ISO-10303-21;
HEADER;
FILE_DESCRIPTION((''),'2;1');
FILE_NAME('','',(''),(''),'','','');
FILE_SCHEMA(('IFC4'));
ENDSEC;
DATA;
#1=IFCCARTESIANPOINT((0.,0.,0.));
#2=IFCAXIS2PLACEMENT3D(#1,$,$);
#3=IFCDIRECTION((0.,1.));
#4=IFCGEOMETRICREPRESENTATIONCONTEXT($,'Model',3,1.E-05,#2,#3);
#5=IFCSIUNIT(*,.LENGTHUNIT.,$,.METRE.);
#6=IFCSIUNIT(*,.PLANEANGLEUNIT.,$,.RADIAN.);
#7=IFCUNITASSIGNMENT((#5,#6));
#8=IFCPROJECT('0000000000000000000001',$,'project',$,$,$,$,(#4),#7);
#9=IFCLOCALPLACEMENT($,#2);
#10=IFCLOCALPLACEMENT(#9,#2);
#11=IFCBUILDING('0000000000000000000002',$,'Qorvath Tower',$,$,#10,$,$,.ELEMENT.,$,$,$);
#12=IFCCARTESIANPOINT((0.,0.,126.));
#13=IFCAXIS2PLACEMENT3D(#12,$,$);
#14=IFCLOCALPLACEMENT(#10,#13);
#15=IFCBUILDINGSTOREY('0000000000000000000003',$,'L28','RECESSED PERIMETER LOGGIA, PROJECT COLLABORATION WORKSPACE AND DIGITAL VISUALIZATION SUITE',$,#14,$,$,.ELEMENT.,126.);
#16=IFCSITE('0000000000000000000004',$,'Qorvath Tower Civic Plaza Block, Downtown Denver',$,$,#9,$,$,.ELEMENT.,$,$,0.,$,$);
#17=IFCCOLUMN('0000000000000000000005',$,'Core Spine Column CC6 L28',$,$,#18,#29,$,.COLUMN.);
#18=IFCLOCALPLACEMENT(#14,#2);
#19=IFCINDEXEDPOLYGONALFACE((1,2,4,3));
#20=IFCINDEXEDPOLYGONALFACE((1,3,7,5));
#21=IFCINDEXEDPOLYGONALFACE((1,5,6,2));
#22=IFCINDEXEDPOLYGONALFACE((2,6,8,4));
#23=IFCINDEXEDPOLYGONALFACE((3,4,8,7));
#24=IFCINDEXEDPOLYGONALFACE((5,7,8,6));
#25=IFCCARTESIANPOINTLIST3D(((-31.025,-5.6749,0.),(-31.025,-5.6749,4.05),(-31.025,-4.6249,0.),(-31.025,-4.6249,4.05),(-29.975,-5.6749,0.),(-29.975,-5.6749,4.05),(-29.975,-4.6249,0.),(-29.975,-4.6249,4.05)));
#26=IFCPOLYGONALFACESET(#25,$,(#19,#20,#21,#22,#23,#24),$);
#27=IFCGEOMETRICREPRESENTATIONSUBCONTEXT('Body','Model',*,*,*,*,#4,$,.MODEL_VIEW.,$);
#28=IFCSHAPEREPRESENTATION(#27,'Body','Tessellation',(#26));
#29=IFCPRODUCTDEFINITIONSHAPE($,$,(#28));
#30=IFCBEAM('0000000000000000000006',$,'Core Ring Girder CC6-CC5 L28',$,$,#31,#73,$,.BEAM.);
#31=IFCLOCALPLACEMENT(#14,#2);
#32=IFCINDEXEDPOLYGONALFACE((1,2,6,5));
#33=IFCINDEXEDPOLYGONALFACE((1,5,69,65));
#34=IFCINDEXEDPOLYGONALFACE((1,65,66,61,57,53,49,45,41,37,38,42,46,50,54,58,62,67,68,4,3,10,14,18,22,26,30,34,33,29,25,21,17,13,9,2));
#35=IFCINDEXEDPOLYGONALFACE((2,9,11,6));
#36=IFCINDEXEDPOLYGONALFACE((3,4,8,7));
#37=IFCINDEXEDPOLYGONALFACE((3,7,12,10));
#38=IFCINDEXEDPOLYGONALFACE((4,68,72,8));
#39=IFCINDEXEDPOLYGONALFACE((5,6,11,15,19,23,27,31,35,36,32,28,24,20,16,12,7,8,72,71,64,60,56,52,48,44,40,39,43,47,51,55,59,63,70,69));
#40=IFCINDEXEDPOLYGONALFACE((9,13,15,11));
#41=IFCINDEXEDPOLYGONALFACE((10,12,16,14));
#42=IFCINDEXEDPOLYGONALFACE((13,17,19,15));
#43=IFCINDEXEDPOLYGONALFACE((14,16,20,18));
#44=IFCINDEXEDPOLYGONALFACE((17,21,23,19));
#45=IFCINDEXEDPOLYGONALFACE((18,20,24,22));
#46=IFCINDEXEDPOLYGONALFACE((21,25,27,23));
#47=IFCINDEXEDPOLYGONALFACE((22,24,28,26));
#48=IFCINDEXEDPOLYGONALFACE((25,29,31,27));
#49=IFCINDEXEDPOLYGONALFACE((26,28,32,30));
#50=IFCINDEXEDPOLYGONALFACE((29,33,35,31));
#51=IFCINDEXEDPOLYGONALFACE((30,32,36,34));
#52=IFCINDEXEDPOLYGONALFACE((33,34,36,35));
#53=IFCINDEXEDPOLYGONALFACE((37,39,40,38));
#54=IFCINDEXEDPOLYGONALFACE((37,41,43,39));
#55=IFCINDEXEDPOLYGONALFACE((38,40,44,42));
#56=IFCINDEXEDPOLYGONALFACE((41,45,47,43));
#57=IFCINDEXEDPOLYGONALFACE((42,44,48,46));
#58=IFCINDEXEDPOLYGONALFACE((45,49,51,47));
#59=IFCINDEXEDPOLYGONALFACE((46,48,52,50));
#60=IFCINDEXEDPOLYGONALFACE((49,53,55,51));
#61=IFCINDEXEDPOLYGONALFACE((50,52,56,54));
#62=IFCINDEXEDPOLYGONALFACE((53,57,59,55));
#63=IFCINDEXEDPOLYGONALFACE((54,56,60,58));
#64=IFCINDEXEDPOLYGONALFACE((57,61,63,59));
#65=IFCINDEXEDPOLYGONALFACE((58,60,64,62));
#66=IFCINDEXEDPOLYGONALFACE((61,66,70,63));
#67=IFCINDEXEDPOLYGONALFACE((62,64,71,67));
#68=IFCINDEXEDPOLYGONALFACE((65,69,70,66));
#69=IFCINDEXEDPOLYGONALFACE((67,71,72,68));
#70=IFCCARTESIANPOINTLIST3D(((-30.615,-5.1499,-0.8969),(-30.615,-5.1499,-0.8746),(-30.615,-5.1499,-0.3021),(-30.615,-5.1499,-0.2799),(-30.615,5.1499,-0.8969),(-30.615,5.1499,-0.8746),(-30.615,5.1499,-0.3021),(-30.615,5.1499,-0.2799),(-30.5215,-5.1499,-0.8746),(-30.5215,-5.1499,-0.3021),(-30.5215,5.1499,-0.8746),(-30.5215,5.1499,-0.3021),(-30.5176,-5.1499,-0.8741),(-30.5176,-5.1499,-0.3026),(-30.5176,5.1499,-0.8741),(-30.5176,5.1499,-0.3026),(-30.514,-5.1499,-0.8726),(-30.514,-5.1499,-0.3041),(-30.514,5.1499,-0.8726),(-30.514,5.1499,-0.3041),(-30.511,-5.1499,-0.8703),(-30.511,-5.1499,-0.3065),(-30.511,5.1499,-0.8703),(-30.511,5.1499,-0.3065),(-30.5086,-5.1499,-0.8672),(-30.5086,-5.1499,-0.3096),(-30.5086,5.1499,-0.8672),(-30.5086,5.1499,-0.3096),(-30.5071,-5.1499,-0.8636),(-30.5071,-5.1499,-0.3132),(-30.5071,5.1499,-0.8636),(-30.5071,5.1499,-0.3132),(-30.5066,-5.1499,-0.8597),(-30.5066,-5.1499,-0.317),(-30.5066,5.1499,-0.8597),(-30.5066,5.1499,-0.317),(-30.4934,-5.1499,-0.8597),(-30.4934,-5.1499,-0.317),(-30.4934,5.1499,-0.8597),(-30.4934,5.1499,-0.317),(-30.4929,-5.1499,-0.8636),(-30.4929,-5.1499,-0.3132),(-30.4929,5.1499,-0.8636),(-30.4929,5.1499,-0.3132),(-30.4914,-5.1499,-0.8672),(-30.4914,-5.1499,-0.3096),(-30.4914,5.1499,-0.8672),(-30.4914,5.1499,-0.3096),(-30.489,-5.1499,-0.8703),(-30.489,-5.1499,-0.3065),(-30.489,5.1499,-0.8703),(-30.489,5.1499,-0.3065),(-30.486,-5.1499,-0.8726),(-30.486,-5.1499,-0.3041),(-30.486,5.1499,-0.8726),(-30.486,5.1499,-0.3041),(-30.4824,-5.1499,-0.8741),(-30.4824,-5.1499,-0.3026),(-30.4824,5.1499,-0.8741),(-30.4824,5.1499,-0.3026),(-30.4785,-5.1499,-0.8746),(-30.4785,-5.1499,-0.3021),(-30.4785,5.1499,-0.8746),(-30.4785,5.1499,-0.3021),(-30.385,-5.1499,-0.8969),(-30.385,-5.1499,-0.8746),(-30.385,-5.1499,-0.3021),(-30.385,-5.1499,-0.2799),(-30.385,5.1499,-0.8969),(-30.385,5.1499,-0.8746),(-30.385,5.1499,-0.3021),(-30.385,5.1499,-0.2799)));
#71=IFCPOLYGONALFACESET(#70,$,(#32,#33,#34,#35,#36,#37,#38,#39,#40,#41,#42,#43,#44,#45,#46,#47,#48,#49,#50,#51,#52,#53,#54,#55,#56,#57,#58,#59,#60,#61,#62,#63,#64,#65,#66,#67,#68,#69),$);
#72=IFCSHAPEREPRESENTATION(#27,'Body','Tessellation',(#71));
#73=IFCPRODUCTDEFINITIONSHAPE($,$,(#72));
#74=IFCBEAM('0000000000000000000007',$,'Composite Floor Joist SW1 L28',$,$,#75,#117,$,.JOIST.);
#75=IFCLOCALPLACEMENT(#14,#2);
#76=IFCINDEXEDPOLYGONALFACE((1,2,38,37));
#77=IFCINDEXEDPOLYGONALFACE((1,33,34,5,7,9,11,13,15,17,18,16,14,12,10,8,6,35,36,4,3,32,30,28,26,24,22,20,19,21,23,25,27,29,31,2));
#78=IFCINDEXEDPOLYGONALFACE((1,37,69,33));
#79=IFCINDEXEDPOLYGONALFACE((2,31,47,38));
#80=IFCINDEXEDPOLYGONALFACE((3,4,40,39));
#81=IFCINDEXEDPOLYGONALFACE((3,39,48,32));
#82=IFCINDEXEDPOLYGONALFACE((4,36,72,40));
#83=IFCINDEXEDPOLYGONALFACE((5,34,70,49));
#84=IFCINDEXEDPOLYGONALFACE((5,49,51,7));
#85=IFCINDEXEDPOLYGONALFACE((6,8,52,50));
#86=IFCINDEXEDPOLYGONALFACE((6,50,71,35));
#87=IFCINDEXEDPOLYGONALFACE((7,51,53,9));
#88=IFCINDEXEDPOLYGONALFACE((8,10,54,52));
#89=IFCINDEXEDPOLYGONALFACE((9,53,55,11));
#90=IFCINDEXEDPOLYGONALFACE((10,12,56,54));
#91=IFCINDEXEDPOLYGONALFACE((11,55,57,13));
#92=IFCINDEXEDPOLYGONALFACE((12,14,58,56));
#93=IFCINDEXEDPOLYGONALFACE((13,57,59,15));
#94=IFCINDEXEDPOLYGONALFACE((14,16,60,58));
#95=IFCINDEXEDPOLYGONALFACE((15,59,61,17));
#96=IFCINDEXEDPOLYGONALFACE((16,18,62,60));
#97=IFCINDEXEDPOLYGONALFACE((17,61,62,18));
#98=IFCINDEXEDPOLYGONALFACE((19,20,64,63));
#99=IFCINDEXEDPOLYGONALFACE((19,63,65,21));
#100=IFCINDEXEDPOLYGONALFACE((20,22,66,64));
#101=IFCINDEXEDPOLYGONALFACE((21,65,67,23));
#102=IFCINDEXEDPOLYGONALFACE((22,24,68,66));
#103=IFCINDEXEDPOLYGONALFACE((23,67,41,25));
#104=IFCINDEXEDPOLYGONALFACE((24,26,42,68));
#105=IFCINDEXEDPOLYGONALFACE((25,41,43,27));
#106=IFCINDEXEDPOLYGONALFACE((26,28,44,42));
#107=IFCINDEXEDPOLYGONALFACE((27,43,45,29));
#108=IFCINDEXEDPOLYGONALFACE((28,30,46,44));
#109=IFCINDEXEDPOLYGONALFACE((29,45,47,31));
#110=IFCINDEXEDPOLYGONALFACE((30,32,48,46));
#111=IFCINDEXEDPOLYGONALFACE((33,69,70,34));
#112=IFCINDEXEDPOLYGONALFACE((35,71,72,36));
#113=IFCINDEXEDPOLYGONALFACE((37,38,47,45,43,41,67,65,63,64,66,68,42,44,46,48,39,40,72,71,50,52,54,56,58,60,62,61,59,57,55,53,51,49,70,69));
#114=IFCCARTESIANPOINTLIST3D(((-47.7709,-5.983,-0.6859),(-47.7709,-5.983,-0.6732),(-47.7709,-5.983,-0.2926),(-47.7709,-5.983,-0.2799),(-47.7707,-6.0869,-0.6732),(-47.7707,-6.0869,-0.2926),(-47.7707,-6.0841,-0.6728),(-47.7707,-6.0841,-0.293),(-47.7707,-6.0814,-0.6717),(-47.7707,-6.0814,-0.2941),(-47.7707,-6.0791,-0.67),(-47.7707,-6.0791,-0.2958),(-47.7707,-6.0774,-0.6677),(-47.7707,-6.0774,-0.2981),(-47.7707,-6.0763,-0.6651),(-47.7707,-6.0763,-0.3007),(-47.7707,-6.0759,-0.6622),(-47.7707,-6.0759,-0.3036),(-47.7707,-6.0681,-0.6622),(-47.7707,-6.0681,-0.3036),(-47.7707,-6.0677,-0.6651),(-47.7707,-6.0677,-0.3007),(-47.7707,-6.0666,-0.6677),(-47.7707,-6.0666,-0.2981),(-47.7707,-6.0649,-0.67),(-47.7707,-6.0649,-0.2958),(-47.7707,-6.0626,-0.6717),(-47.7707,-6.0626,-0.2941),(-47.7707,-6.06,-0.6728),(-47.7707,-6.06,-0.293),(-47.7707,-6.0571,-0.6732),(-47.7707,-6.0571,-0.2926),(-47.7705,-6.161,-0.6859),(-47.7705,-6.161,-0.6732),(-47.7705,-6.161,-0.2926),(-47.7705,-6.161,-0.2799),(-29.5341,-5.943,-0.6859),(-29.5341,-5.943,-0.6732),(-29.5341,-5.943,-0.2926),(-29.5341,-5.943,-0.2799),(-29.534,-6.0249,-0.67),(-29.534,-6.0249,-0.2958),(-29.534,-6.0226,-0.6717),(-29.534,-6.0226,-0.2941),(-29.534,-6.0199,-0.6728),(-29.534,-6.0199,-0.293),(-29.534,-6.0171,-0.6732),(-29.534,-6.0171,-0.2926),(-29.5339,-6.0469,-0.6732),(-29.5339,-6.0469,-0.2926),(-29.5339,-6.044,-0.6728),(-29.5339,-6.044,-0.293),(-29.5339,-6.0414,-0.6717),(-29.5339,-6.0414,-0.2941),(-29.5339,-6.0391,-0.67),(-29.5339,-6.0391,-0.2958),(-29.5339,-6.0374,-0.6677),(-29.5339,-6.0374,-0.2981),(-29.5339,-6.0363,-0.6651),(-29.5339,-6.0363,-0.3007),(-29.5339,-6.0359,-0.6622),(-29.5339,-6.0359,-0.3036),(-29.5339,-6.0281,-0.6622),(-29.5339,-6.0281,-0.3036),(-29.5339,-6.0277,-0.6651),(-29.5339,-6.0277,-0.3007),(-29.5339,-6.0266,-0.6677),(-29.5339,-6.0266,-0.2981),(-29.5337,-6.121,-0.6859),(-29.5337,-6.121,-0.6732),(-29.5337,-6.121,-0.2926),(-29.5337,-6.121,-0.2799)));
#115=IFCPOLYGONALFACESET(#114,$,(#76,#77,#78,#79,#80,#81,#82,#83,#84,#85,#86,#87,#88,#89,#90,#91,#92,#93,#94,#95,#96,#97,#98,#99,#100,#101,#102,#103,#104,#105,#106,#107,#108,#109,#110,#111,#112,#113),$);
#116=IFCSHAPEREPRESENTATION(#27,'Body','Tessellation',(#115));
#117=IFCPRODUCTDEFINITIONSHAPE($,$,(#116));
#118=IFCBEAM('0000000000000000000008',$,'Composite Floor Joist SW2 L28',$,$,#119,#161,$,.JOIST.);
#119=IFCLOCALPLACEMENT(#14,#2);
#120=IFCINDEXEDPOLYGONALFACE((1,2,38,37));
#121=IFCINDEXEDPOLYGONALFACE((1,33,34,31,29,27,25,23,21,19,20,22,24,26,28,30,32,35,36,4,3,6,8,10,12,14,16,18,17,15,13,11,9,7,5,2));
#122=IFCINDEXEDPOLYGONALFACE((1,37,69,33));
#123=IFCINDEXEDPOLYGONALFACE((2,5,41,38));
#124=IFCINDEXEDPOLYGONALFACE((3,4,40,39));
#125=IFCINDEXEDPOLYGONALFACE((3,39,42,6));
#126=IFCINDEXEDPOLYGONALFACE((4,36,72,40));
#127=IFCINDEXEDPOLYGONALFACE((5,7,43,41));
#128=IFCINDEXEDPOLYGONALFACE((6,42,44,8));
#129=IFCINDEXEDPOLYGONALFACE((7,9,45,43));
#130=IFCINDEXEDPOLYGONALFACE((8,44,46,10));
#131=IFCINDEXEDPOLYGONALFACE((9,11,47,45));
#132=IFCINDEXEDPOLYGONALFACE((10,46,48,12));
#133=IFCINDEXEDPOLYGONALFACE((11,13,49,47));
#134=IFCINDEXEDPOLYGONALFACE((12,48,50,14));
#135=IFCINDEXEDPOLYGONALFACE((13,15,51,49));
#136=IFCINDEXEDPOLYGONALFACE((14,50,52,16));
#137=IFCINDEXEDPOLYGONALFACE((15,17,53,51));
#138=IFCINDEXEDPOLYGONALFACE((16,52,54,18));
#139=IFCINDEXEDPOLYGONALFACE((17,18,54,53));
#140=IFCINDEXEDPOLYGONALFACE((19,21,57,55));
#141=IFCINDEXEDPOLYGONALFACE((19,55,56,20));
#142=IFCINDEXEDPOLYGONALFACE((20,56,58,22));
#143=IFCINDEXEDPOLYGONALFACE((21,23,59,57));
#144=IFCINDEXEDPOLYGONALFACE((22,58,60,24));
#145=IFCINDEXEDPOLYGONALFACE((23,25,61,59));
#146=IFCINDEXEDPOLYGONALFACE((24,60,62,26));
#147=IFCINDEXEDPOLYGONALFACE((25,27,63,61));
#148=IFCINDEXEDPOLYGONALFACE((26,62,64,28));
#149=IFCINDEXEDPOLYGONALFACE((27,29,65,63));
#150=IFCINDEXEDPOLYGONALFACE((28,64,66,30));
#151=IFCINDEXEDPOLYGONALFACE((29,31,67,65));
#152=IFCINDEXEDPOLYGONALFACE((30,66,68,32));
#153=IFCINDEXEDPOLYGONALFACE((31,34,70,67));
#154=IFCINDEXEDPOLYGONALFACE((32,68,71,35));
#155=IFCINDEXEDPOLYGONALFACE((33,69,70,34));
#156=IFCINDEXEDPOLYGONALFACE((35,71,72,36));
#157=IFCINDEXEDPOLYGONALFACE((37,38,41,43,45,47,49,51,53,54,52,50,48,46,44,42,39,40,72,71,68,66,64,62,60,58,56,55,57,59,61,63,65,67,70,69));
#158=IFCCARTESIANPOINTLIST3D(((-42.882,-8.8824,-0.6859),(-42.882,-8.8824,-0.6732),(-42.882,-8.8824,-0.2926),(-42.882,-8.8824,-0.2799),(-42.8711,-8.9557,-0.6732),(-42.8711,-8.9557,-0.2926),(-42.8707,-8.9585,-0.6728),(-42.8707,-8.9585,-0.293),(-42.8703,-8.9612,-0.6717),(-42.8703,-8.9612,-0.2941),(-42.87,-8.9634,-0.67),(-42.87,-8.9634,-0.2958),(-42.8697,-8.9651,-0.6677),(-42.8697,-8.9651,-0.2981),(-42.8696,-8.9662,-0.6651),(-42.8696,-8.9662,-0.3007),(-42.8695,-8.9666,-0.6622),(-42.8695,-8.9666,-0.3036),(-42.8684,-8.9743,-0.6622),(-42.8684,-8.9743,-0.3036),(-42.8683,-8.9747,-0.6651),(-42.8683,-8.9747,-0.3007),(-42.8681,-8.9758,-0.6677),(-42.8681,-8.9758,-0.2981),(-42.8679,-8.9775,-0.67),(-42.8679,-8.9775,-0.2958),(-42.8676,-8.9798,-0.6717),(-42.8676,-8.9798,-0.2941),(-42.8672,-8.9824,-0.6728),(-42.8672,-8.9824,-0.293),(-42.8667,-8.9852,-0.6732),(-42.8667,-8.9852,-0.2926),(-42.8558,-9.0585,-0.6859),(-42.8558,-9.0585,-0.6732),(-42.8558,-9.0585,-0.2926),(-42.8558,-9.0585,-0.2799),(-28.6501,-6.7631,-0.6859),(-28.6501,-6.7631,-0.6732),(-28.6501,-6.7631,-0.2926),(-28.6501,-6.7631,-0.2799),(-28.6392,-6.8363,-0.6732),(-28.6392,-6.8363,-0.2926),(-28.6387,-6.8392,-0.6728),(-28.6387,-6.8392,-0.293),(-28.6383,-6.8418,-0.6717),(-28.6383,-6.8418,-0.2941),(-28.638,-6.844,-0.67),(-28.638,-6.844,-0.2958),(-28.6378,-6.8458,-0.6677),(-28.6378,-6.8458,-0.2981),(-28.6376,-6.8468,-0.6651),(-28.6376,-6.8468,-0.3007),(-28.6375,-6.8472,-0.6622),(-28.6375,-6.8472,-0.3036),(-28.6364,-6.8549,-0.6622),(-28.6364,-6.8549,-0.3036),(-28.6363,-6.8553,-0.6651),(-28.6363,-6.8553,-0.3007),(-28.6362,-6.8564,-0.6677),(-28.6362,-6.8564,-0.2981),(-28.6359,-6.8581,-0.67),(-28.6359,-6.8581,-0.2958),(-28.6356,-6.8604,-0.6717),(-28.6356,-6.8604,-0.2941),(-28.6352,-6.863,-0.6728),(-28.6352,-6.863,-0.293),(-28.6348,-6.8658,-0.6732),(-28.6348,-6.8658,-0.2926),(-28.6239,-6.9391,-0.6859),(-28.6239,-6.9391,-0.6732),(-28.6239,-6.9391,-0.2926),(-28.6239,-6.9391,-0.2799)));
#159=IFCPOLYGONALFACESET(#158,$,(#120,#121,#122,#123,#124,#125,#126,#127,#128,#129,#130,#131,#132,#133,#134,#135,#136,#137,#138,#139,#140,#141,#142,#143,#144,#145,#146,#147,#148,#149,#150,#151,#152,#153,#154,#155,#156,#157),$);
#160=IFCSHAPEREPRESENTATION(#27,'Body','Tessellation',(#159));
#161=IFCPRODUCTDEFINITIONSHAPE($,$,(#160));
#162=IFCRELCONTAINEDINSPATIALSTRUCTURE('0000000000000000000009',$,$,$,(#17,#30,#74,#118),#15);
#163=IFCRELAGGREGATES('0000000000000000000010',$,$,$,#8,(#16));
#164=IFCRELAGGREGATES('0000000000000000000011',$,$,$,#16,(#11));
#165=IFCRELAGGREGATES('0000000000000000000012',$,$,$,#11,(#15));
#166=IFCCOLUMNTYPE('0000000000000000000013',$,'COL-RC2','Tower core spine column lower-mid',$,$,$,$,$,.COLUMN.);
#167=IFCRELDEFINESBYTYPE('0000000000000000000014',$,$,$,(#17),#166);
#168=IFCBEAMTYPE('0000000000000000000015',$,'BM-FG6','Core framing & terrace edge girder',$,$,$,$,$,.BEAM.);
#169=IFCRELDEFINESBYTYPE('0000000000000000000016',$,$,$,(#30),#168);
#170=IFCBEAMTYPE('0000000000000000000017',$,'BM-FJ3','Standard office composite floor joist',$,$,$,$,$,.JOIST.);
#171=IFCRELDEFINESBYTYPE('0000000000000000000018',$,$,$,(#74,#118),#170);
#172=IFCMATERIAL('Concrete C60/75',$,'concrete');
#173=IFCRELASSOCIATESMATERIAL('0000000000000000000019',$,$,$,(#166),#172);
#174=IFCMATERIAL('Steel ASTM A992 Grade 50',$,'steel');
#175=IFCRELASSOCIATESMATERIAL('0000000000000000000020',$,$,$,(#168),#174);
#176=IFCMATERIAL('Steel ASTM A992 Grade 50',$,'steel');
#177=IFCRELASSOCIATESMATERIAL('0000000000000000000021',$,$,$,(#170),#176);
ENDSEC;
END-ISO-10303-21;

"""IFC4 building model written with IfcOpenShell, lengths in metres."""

from ifc_helpers import new_model, si_unit, direction, frame, origin, origin_2d, place, context, subcontext, project, spatial, rectangle, i_section, extrude, material, material_profile, profile_set, type_object, element, save


model = new_model("IFC4")

# Units and contexts
model_context = context("Model", 3, precision=1e-05, world=origin(), true_north=direction((0.0, 1.0)))
body_context = subcontext(model_context, "Body", "Model", "MODEL_VIEW")
ifc_project = project(units=[si_unit("LENGTHUNIT", "METRE"), si_unit("PLANEANGLEUNIT", "RADIAN")], contexts=[model_context])

# Site, building, storey
site_placement = place(None, origin())
site = spatial("IfcSite", under=ifc_project, at=site_placement, Name="Qorvath Tower Civic Plaza Block, Downtown Denver", CompositionType="ELEMENT", RefElevation=0.0)
building_placement = place(site_placement, origin())
building = spatial("IfcBuilding", under=site, at=building_placement, Name="Qorvath Tower", CompositionType="ELEMENT")
storey_placement = place(building_placement, frame((0.0, 0.0, 126.0)))
storey = spatial("IfcBuildingStorey", under=building, at=storey_placement, Name="L28", Description="RECESSED PERIMETER LOGGIA, PROJECT COLLABORATION WORKSPACE AND DIGITAL VISUALIZATION SUITE", CompositionType="ELEMENT", Elevation=126.0)

# Column
ifc_material_1 = material(Name="Concrete C60/75", Category="concrete")
ifc_material_profile_1 = material_profile(ifc_material_1, rectangle(XDim=1.05, YDim=1.05, at=origin_2d()), Name="RC 1050x1050")
ifc_profile_set_1 = profile_set([ifc_material_profile_1], Name="Concrete C60/75")
column_type = type_object("IfcColumnType", Name="COL-RC2", Description="Tower core spine column lower-mid", PredefinedType="COLUMN", material=ifc_profile_set_1)
column_placement = place(storey_placement, frame((-30.5, -5.1499, 0.0), z_axis=(0.0, 0.0, 1.0), x_axis=(1.0, 0.0, 0.0)))
element("IfcColumn", 1, at=column_placement, inside=storey, type_object=column_type, Name="Core Spine Column CC6 L28", PredefinedType="COLUMN", context=body_context, shape_type="SweptSolid", body=[
    extrude(rectangle(XDim=1.05, YDim=1.05, at=origin_2d()), origin(), (0.0, 0.0, 1.0), 4.05),
])

# Beams
ifc_material_2 = material(Name="Steel ASTM A992 Grade 50", Category="steel")
ifc_material_profile_2 = material_profile(ifc_material_2, i_section(OverallWidth=0.23, OverallDepth=0.6169, WebThickness=0.0132, FlangeThickness=0.0222, FilletRadius=0.0149, at=origin_2d()), Name="W24x94")
ifc_profile_set_2 = profile_set([ifc_material_profile_2], Name="Steel ASTM A992 Grade 50")
beam_type_1 = type_object("IfcBeamType", Name="BM-FG6", Description="Core framing & terrace edge girder", PredefinedType="BEAM", material=ifc_profile_set_2)
beam_1_placement = place(storey_placement, frame((-30.5, -5.1499, -0.5884), z_axis=(0.0, 1.0, 0.0), x_axis=(-1.0, 0.0, 0.0)))
element("IfcBeam", 2, at=beam_1_placement, inside=storey, type_object=beam_type_1, Name="Core Ring Girder CC6-CC5 L28", PredefinedType="BEAM", context=body_context, shape_type="SweptSolid", body=[
    extrude(i_section(OverallWidth=0.23, OverallDepth=0.6169, WebThickness=0.0132, FlangeThickness=0.0222, FilletRadius=0.0149, at=origin_2d()), origin(), (0.0, 0.0, 1.0), 10.2998),
])
ifc_material_3 = material(Name="Steel ASTM A992 Grade 50", Category="steel")
ifc_material_profile_3 = material_profile(ifc_material_3, i_section(OverallWidth=0.178, OverallDepth=0.406, WebThickness=0.0078, FlangeThickness=0.0127, FilletRadius=0.011, at=origin_2d()), Name="W16x40")
ifc_profile_set_3 = profile_set([ifc_material_profile_3], Name="Steel ASTM A992 Grade 50")
beam_type_2 = type_object("IfcBeamType", Name="BM-FJ3", Description="Standard office composite floor joist", PredefinedType="JOIST", material=ifc_profile_set_3)
beam_2_placement = place(storey_placement, frame((-29.5339, -6.032, -0.4829), z_axis=(-0.999998, -0.002196, 0.0), x_axis=(0.002196, -0.999998, 0.0)))
element("IfcBeam", 3, at=beam_2_placement, inside=storey, type_object=beam_type_2, Name="Composite Floor Joist SW1 L28", PredefinedType="JOIST", context=body_context, shape_type="SweptSolid", body=[
    extrude(i_section(OverallWidth=0.178, OverallDepth=0.406, WebThickness=0.0078, FlangeThickness=0.0127, FilletRadius=0.011, at=origin_2d()), origin(), (0.0, 0.0, 1.0), 18.2368),
])
beam_3_placement = place(storey_placement, frame((-28.637, -6.8511, -0.4829), z_axis=(-0.989093, -0.147293, 0.0), x_axis=(0.147293, -0.989093, 0.0)))
element("IfcBeam", 4, at=beam_3_placement, inside=storey, type_object=beam_type_2, Name="Composite Floor Joist SW2 L28", PredefinedType="JOIST", context=body_context, shape_type="SweptSolid", body=[
    extrude(i_section(OverallWidth=0.178, OverallDepth=0.406, WebThickness=0.0078, FlangeThickness=0.0127, FilletRadius=0.011, at=origin_2d()), origin(), (0.0, 0.0, 1.0), 14.3889),
])

save(model, "model.ifc")
